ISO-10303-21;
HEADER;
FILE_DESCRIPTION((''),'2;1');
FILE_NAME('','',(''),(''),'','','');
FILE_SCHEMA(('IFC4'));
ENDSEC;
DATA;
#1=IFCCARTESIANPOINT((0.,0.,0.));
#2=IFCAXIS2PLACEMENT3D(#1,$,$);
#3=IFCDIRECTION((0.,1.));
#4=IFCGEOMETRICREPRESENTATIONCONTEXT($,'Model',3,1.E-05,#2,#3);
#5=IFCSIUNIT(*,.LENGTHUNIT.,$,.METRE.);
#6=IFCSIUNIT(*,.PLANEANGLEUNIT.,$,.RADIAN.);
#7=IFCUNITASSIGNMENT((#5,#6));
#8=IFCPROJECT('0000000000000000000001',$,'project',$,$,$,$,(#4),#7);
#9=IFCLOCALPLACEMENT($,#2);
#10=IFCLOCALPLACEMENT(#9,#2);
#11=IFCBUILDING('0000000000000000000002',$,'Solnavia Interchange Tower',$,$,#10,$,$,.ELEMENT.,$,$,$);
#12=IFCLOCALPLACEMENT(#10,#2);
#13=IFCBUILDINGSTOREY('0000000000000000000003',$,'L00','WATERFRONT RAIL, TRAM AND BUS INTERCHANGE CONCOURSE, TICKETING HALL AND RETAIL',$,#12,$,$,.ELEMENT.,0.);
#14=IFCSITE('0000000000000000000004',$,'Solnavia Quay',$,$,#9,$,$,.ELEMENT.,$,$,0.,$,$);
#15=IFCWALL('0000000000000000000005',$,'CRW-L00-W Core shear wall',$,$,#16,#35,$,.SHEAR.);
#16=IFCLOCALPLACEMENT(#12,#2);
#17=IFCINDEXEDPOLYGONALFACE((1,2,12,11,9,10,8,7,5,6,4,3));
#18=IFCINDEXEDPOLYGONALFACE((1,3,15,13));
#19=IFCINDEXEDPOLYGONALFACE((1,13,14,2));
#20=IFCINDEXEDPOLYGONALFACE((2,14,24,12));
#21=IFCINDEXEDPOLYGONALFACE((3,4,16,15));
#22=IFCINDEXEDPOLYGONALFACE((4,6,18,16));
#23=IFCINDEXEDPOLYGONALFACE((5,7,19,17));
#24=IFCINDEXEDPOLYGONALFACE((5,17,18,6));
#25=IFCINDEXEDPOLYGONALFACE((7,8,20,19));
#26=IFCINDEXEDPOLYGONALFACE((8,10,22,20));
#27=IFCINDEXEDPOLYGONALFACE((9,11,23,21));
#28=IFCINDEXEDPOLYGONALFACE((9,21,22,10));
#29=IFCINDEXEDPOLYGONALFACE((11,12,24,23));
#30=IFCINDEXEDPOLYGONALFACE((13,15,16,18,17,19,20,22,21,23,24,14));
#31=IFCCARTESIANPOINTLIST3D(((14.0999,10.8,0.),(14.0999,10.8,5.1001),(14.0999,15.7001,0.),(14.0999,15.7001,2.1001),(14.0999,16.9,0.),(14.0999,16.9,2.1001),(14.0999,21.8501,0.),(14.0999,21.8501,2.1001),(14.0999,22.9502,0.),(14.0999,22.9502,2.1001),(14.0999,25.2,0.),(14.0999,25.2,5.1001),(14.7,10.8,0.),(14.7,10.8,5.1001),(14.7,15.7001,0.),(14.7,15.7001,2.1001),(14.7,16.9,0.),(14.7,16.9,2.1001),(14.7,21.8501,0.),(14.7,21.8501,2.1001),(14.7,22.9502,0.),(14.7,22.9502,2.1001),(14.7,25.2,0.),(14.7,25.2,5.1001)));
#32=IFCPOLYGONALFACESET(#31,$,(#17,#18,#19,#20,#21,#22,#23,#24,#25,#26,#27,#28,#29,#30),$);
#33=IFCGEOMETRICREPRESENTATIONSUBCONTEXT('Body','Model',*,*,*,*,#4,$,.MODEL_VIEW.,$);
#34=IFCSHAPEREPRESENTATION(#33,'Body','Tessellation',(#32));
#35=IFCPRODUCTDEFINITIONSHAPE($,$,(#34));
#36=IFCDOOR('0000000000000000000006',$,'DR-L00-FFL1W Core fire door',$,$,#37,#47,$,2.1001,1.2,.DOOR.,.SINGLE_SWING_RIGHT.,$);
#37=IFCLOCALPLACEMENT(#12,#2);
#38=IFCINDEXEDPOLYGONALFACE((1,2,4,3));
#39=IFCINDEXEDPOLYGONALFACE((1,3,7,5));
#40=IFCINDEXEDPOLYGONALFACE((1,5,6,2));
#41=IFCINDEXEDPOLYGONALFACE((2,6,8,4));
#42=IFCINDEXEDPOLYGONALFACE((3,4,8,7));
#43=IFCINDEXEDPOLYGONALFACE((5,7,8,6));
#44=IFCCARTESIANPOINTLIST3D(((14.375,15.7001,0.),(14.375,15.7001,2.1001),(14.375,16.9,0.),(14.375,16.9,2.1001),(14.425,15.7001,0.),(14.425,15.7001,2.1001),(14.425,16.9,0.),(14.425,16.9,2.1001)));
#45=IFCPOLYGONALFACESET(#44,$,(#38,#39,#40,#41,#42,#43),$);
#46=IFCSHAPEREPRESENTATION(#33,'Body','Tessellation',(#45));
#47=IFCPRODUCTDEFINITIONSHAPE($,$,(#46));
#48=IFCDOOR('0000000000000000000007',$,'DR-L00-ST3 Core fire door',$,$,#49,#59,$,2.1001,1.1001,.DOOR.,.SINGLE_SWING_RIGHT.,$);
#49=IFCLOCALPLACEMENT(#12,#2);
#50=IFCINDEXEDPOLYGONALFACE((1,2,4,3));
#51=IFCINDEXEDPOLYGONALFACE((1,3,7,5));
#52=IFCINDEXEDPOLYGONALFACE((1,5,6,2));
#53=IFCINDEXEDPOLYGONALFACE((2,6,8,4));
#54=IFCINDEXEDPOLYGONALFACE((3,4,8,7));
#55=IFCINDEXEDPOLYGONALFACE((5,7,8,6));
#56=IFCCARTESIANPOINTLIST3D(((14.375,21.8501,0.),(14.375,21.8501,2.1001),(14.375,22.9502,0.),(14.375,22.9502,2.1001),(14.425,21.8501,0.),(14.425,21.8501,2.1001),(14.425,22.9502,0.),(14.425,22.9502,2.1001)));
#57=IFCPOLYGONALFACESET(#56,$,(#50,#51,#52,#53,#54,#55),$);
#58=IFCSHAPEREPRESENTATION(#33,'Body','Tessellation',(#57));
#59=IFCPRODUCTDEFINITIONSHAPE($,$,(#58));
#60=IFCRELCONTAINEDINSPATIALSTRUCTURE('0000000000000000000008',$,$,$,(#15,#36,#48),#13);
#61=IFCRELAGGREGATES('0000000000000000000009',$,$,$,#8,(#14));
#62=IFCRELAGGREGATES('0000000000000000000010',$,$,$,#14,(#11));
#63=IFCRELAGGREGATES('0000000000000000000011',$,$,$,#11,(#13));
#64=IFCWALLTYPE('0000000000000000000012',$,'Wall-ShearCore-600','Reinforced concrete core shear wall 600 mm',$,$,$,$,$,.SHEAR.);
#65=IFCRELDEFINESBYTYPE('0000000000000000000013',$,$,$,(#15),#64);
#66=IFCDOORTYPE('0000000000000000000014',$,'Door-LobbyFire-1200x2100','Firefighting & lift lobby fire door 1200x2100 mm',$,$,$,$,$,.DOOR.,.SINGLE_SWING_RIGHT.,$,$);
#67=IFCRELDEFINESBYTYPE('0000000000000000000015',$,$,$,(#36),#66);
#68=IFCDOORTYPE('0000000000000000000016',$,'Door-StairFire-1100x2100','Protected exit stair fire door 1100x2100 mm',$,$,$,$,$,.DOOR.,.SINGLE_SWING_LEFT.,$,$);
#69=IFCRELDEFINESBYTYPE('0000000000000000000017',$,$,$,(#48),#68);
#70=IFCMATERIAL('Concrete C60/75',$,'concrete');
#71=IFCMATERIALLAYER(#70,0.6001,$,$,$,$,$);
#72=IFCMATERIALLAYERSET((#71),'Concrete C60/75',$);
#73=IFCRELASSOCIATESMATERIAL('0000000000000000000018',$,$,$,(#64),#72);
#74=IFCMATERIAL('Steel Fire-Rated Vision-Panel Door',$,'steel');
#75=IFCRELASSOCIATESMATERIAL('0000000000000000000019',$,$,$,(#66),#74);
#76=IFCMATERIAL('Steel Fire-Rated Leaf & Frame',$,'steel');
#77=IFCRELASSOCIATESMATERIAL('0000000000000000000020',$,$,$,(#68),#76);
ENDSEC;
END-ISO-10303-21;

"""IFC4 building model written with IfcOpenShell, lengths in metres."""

from ifc_helpers import new_model, si_unit, direction, frame, frame_2d, origin, place, context, subcontext, project, spatial, rectangle, extrude, material, layer, layer_set, type_object, element, fill, save


model = new_model("IFC4")

# Units and contexts
model_context = context("Model", 3, precision=1e-05, world=origin(), true_north=direction((0.0, 1.0)))
body_context = subcontext(model_context, "Body", "Model", "MODEL_VIEW")
ifc_project = project(units=[si_unit("LENGTHUNIT", "METRE"), si_unit("PLANEANGLEUNIT", "RADIAN")], contexts=[model_context])

# Site, building, storey
site_placement = place(None, origin())
site = spatial("IfcSite", under=ifc_project, at=site_placement, Name="Solnavia Quay", CompositionType="ELEMENT", RefElevation=0.0)
building_placement = place(site_placement, origin())
building = spatial("IfcBuilding", under=site, at=building_placement, Name="Solnavia Interchange Tower", CompositionType="ELEMENT")
storey_placement = place(building_placement, origin())
storey = spatial("IfcBuildingStorey", under=building, at=storey_placement, Name="L00", Description="WATERFRONT RAIL, TRAM AND BUS INTERCHANGE CONCOURSE, TICKETING HALL AND RETAIL", CompositionType="ELEMENT", Elevation=0.0)

# Shared definitions
ifc_material_1 = material(Name="Concrete C60/75", Category="concrete")

# Shared definitions
ifc_layer_1 = layer(ifc_material_1, 0.6001)
ifc_layer_set_1 = layer_set([ifc_layer_1], Name="Concrete C60/75")
wall_type_1 = type_object("IfcWallType", Name="Wall-ShearCore-600", Description="Reinforced concrete core shear wall 600 mm", PredefinedType="SHEAR", material=ifc_layer_set_1)

# Wall, openings, doors
wall_1_placement = place(storey_placement, frame((14.3999, 10.8, 0.0), z_axis=(0.0, 0.0, 1.0), x_axis=(0.0, 1.0, 0.0)))
wall_1 = element("IfcWall", 1, at=wall_1_placement, inside=storey, type_object=wall_type_1, Name="CRW-L00-W Core shear wall", PredefinedType="SHEAR", context=body_context, shape_type="SweptSolid", body=[
    extrude(rectangle(XDim=14.3999, YDim=0.6001, at=frame_2d((7.2, 0.0))), origin(), (0.0, 0.0, 1.0), 5.1001),
])
opening_1_placement = place(wall_1_placement, frame((11.05, 0.0, 0.0)))
opening_1 = element("IfcOpeningElement", 2, at=opening_1_placement, cuts=wall_1, PredefinedType="OPENING", context=body_context, shape_type="SweptSolid", body=[
    extrude(rectangle(XDim=1.1001, YDim=2.1001, at=frame_2d((0.55, 1.05))), frame((0.0, 0.3101, 0.0), z_axis=(0.0, -1.0, 0.0), x_axis=(1.0, 0.0, 0.0)), (0.0, 0.0, 1.0), 0.6201),
])
opening_2_placement = place(wall_1_placement, frame((4.8999, 0.0, 0.0)))
opening_2 = element("IfcOpeningElement", 3, at=opening_2_placement, cuts=wall_1, PredefinedType="OPENING", context=body_context, shape_type="SweptSolid", body=[
    extrude(rectangle(XDim=1.2, YDim=2.1001, at=frame_2d((0.6001, 1.05))), frame((0.0, 0.3101, 0.0), z_axis=(0.0, -1.0, 0.0), x_axis=(1.0, 0.0, 0.0)), (0.0, 0.0, 1.0), 0.6201),
])
ifc_material_2 = material(Name="Steel Fire-Rated Vision-Panel Door", Category="steel")
door_type_1 = type_object("IfcDoorType", Name="Door-LobbyFire-1200x2100", Description="Firefighting & lift lobby fire door 1200x2100 mm", OperationType="SINGLE_SWING_RIGHT", PredefinedType="DOOR", material=ifc_material_2)
door_1_placement = place(opening_2_placement, origin())
door_1 = element("IfcDoor", 4, at=door_1_placement, inside=storey, type_object=door_type_1, Name="DR-L00-FFL1W Core fire door", OperationType="SINGLE_SWING_RIGHT", OverallHeight=2.1001, OverallWidth=1.2, PredefinedType="DOOR", context=body_context, shape_type="SweptSolid", body=[
    extrude(rectangle(XDim=1.2, YDim=2.1001, at=frame_2d((0.6001, 1.05))), frame((0.0, 0.0249, 0.0), z_axis=(0.0, -1.0, 0.0), x_axis=(1.0, 0.0, 0.0)), (0.0, 0.0, 1.0), 0.05),
])
fill(opening_2, door_1)
ifc_material_3 = material(Name="Steel Fire-Rated Leaf & Frame", Category="steel")
door_type_2 = type_object("IfcDoorType", Name="Door-StairFire-1100x2100", Description="Protected exit stair fire door 1100x2100 mm", OperationType="SINGLE_SWING_LEFT", PredefinedType="DOOR", material=ifc_material_3)
door_2_placement = place(opening_1_placement, origin())
door_2 = element("IfcDoor", 5, at=door_2_placement, inside=storey, type_object=door_type_2, Name="DR-L00-ST3 Core fire door", OperationType="SINGLE_SWING_RIGHT", OverallHeight=2.1001, OverallWidth=1.1001, PredefinedType="DOOR", context=body_context, shape_type="SweptSolid", body=[
    extrude(rectangle(XDim=1.1001, YDim=2.1001, at=frame_2d((0.55, 1.05))), frame((0.0, 0.0249, 0.0), z_axis=(0.0, -1.0, 0.0), x_axis=(1.0, 0.0, 0.0)), (0.0, 0.0, 1.0), 0.05),
])
fill(opening_1, door_2)

save(model, "model.ifc")
